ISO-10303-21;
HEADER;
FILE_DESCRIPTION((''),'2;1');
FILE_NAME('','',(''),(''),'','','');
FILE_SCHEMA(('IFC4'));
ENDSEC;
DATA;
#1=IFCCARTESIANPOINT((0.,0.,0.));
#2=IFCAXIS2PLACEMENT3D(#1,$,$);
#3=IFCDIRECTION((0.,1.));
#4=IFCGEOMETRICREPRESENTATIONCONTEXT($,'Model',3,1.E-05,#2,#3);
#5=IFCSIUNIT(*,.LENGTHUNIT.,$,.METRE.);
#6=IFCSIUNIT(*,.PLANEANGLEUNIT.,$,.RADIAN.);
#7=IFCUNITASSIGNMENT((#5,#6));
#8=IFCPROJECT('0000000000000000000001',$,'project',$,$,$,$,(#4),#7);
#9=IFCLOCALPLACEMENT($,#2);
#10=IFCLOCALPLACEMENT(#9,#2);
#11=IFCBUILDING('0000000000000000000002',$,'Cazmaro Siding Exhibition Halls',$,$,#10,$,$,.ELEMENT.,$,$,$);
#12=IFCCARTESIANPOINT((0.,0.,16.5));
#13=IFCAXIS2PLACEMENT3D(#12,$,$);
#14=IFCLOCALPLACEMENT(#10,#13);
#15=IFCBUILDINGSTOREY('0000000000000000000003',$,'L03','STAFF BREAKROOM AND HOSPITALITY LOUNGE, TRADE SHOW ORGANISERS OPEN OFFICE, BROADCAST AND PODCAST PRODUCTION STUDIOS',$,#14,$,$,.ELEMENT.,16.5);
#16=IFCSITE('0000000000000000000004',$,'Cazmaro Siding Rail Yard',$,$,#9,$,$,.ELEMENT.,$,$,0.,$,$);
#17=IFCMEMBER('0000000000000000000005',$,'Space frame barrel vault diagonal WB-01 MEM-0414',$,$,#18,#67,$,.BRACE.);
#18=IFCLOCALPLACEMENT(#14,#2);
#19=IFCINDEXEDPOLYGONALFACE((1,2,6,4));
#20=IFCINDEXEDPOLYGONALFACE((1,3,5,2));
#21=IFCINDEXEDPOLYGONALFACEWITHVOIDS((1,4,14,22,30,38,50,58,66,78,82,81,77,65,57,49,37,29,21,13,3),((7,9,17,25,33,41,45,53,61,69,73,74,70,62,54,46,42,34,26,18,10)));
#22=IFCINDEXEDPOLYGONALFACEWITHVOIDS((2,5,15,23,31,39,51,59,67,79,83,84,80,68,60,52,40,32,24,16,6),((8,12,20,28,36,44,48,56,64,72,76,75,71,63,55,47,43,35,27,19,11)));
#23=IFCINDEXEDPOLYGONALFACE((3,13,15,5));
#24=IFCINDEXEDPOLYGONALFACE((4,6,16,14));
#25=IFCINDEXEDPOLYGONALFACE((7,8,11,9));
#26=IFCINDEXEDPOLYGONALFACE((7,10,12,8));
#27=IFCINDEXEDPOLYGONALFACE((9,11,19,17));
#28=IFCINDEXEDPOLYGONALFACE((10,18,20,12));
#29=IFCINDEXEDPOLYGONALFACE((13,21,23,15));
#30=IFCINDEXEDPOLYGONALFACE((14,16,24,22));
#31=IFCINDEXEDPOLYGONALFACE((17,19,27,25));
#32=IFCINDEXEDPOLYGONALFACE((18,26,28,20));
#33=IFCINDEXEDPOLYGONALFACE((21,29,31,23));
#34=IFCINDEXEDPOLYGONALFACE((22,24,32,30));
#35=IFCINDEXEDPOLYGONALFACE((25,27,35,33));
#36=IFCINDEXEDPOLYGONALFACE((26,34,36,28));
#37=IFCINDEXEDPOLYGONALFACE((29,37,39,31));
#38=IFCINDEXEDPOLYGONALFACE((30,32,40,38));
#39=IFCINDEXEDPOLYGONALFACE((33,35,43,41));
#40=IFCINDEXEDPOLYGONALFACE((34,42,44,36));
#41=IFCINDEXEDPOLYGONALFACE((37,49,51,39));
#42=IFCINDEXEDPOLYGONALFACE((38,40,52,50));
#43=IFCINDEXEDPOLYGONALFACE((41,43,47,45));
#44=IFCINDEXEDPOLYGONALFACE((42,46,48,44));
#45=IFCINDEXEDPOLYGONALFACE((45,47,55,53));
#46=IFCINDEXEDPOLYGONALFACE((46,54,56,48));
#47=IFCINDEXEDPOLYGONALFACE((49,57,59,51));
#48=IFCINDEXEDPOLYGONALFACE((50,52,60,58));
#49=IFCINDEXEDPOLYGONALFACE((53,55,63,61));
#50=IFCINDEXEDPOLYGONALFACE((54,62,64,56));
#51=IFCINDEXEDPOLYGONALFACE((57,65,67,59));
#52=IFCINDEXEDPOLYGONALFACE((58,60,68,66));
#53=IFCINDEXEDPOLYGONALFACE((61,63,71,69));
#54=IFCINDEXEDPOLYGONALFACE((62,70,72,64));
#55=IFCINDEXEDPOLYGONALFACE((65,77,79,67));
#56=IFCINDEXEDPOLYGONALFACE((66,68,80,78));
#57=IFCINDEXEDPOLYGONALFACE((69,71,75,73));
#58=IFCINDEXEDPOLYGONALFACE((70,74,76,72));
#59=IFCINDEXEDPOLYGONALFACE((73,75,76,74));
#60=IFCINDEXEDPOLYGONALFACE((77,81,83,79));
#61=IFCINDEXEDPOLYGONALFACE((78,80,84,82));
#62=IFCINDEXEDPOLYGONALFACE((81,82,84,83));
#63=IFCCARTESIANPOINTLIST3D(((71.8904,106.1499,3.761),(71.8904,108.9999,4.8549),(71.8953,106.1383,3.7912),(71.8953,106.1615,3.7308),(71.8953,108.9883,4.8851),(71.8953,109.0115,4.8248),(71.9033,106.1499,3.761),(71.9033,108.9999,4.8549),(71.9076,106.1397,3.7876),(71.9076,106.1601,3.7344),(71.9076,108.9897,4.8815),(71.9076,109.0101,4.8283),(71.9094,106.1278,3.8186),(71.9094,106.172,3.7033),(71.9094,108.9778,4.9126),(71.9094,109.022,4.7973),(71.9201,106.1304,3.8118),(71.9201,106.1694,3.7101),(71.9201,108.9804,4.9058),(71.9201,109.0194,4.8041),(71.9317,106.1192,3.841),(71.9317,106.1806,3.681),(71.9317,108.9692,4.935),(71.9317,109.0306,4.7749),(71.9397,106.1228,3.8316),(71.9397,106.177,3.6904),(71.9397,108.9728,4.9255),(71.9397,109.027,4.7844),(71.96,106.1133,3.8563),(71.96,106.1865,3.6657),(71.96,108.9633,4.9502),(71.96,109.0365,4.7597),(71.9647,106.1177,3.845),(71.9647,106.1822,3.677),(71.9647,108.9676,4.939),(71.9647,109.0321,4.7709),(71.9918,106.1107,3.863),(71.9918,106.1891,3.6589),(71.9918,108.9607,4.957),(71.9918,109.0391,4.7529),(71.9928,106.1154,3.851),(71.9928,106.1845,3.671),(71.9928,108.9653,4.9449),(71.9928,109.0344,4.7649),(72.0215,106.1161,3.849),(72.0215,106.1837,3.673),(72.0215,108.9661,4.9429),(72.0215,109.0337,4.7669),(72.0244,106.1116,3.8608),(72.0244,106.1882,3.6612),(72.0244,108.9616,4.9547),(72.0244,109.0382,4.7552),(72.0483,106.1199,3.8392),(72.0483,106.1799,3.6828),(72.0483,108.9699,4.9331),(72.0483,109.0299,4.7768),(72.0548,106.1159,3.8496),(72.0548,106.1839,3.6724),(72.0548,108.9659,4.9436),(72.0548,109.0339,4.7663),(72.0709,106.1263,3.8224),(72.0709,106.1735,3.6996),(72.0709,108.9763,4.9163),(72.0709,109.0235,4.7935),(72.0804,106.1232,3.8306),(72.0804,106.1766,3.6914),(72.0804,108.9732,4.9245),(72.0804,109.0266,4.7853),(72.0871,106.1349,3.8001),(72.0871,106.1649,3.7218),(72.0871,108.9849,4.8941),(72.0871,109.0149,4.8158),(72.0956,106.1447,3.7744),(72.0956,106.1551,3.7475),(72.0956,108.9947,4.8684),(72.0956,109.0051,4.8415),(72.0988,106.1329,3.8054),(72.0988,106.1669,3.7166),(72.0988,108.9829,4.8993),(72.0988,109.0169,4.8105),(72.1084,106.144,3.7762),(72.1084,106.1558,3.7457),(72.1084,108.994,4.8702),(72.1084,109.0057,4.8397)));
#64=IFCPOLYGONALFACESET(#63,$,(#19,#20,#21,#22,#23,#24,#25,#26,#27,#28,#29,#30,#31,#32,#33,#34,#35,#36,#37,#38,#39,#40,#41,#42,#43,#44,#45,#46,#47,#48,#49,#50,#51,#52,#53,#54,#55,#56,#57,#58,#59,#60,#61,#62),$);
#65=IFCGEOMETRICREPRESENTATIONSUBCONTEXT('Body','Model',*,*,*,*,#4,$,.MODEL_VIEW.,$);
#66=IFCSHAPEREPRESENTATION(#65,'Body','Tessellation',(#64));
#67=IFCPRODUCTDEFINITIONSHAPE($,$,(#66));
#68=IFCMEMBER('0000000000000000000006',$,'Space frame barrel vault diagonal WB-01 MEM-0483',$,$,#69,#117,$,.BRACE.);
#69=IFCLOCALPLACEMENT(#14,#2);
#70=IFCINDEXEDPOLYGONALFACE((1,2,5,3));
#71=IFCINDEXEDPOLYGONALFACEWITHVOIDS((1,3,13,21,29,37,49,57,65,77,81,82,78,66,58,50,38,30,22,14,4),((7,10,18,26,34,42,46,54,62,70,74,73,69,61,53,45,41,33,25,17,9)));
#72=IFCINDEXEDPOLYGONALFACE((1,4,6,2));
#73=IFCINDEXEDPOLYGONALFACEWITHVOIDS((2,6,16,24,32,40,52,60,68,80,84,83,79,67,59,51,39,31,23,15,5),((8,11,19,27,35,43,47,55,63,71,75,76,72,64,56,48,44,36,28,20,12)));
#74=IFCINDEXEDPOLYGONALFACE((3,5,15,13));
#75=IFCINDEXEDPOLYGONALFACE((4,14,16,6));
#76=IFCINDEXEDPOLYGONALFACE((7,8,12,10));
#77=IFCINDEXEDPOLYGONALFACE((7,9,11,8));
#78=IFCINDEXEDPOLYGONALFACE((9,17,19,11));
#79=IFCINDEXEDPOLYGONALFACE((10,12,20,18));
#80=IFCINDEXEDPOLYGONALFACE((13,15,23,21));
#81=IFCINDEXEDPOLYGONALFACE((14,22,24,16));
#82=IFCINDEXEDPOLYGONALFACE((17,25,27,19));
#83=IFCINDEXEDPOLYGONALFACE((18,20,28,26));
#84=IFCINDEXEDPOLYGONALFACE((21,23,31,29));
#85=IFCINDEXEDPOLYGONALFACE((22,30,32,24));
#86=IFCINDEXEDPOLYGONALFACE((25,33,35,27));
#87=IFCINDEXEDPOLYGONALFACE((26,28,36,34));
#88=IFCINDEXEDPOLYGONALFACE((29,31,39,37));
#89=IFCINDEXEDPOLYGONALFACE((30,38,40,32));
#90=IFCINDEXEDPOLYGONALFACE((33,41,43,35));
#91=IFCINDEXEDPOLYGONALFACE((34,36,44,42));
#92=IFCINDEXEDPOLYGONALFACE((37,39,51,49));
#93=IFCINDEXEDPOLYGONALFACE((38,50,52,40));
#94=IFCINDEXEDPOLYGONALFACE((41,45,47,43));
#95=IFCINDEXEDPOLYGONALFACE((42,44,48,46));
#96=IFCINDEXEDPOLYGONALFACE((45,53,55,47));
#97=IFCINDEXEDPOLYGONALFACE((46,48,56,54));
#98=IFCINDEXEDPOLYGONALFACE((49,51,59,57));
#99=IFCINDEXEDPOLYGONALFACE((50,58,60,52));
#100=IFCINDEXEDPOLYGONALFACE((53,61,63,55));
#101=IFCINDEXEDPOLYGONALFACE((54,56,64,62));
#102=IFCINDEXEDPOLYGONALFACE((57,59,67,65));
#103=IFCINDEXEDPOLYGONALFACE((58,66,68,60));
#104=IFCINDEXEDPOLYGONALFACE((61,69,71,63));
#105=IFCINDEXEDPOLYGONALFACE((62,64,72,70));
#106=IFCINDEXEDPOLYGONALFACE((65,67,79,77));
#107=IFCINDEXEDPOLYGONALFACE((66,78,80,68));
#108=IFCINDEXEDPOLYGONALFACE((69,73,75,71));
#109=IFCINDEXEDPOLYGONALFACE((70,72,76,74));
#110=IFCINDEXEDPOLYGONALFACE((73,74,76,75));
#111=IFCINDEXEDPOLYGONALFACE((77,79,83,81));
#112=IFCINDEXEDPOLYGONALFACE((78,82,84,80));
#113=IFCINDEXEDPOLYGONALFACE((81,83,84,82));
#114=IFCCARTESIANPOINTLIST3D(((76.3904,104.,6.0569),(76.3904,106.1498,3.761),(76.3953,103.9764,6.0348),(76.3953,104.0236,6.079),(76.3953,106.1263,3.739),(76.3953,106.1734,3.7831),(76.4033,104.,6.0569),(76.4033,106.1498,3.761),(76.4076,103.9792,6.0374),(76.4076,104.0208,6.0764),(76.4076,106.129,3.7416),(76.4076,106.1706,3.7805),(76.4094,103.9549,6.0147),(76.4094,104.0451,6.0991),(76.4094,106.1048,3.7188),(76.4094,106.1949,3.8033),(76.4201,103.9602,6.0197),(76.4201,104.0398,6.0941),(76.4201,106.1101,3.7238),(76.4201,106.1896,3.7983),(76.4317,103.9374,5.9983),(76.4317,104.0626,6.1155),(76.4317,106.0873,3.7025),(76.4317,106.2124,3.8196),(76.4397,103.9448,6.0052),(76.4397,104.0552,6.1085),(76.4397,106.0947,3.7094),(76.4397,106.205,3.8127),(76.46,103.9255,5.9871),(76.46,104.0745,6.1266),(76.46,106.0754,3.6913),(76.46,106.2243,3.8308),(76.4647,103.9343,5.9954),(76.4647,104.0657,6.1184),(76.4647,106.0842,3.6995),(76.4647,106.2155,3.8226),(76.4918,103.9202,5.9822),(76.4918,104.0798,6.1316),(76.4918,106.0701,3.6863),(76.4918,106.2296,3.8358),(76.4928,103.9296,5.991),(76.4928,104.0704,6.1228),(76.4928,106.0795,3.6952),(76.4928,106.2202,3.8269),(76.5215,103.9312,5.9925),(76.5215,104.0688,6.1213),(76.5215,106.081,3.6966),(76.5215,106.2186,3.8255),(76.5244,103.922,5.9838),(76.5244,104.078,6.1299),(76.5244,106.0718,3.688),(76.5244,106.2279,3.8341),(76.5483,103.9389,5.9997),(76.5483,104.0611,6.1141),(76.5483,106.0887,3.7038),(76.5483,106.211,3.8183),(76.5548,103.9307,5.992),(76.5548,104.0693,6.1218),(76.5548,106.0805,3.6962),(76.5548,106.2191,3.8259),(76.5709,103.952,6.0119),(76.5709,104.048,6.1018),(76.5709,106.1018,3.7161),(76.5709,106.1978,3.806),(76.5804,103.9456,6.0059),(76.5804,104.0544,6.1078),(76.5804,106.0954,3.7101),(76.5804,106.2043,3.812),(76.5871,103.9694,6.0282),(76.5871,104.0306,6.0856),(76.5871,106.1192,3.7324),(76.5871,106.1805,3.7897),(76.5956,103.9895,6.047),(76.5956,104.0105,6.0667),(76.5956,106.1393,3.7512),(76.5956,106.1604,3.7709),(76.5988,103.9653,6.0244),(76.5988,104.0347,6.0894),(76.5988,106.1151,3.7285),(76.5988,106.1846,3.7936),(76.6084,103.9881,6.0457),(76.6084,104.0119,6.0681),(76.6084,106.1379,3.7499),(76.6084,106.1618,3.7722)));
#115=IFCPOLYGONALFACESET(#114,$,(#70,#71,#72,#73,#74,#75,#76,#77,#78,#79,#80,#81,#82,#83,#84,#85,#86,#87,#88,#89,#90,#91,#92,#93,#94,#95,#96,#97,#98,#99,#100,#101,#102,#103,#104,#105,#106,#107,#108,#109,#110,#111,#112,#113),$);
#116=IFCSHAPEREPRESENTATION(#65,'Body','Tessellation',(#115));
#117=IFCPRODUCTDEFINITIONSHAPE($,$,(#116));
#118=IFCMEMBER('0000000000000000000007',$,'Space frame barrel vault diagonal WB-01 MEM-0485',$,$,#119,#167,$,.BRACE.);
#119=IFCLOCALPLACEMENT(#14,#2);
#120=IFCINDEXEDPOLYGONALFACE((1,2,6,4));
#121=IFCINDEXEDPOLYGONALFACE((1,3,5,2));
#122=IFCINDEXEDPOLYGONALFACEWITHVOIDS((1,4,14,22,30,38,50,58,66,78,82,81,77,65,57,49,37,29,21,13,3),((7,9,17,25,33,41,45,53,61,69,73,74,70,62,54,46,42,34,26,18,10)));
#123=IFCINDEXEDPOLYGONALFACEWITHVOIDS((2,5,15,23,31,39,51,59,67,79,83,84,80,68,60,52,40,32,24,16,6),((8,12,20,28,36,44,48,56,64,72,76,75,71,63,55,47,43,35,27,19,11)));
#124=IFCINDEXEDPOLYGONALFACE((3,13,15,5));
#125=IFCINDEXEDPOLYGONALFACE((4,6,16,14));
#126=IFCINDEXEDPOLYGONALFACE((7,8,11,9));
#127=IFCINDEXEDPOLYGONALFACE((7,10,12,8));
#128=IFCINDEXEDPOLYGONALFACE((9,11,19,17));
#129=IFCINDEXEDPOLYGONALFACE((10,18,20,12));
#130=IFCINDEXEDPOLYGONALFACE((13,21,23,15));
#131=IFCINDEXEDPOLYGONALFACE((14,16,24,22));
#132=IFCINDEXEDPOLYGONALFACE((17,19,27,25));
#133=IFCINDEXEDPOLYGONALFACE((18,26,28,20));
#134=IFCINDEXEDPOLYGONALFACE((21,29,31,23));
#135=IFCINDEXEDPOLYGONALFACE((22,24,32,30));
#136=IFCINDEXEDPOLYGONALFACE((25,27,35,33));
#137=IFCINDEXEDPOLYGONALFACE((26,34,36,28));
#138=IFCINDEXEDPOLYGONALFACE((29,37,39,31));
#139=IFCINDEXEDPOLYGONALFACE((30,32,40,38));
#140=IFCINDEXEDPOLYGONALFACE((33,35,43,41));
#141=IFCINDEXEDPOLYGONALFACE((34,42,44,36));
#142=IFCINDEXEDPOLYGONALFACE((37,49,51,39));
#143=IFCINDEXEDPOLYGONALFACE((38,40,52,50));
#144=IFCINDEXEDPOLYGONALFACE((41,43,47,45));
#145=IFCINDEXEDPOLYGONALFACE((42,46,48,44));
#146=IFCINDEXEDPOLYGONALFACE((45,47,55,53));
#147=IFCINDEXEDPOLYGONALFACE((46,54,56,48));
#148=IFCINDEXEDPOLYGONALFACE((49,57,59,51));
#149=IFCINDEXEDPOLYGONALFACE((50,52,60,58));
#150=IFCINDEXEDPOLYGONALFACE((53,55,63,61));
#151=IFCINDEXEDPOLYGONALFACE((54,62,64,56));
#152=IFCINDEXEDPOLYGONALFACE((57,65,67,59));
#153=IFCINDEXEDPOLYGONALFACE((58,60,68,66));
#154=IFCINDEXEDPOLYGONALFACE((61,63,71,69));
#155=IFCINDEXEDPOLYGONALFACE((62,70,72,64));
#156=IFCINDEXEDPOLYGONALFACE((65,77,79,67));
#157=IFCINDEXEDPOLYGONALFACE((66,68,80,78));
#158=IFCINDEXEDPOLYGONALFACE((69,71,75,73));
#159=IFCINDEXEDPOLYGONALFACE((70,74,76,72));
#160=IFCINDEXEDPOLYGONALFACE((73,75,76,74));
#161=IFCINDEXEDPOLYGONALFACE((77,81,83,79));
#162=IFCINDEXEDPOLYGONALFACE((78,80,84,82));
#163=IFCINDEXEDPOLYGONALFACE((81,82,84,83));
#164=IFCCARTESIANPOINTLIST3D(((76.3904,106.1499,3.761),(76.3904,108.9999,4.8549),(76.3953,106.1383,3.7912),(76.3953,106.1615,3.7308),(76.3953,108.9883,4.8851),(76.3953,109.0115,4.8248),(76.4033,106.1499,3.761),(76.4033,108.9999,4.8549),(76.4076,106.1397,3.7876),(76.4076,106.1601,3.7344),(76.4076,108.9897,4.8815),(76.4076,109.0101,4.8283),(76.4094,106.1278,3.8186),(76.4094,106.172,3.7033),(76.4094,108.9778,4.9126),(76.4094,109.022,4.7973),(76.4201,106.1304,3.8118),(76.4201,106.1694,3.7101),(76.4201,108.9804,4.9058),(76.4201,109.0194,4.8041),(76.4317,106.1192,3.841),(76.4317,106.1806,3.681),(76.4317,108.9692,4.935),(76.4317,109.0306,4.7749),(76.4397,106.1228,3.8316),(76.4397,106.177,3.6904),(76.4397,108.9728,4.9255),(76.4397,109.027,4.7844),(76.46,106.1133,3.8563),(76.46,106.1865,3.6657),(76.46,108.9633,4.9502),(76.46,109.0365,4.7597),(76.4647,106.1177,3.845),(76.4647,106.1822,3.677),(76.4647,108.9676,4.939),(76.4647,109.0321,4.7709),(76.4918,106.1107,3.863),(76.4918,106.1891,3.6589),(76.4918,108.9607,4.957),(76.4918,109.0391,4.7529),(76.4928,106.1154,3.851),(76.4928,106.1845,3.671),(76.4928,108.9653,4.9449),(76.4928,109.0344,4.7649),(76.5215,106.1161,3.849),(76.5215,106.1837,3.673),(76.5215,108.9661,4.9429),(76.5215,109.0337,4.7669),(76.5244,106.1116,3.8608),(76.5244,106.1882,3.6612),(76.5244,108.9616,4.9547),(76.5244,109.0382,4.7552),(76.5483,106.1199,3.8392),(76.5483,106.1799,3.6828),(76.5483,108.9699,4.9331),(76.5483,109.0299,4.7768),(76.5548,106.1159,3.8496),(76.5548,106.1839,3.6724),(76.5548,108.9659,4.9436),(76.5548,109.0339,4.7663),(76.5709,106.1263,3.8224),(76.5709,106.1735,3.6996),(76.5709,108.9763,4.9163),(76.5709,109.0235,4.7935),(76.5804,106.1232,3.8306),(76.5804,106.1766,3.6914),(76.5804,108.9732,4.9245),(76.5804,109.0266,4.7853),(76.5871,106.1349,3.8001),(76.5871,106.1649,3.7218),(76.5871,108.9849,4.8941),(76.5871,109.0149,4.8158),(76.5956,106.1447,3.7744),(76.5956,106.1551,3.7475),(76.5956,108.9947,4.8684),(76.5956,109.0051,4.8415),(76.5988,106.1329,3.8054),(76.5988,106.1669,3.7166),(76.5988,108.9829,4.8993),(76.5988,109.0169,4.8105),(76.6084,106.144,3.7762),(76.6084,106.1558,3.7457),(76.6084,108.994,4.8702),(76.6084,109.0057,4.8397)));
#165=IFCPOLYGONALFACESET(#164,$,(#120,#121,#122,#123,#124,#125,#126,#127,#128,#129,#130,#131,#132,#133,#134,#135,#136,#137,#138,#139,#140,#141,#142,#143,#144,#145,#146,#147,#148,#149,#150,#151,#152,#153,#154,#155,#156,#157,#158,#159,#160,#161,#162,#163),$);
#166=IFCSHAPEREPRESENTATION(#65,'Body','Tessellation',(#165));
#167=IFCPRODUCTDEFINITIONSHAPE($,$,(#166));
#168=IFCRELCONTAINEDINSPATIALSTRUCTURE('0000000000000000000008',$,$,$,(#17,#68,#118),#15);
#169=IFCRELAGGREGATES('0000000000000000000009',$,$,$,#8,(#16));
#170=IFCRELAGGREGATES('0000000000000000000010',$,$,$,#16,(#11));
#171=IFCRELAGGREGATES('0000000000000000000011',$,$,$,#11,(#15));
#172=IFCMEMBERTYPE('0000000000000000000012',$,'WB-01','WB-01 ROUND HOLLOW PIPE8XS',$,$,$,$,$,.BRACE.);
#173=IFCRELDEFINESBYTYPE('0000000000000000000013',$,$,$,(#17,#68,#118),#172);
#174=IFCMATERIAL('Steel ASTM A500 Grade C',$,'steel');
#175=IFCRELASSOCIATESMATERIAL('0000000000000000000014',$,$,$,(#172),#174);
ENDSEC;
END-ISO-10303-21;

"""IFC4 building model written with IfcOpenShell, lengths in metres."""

from ifc_helpers import new_model, si_unit, direction, frame, origin, origin_2d, place, context, subcontext, project, spatial, hollow_circle, extrude, material, material_profile, profile_set, type_object, element, save


model = new_model("IFC4")

# Units and contexts
model_context = context("Model", 3, precision=1e-05, world=origin(), true_north=direction((0.0, 1.0)))
body_context = subcontext(model_context, "Body", "Model", "MODEL_VIEW")
ifc_project = project(units=[si_unit("LENGTHUNIT", "METRE"), si_unit("PLANEANGLEUNIT", "RADIAN")], contexts=[model_context])

# Site, building, storey
site_placement = place(None, origin())
site = spatial("IfcSite", under=ifc_project, at=site_placement, Name="Cazmaro Siding Rail Yard", CompositionType="ELEMENT", RefElevation=0.0)
building_placement = place(site_placement, origin())
building = spatial("IfcBuilding", under=site, at=building_placement, Name="Cazmaro Siding Exhibition Halls", CompositionType="ELEMENT")
storey_placement = place(building_placement, frame((0.0, 0.0, 16.5)))
storey = spatial("IfcBuildingStorey", under=building, at=storey_placement, Name="L03", Description="STAFF BREAKROOM AND HOSPITALITY LOUNGE, TRADE SHOW ORGANISERS OPEN OFFICE, BROADCAST AND PODCAST PRODUCTION STUDIOS", CompositionType="ELEMENT", Elevation=16.5)

# Members
ifc_material_1 = material(Name="Steel ASTM A500 Grade C", Category="steel")
ifc_material_profile_1 = material_profile(ifc_material_1, hollow_circle(Radius=0.1096, WallThickness=0.0129, at=origin_2d()), Name="PIPE8XS")
ifc_profile_set_1 = profile_set([ifc_material_profile_1], Name="Steel ASTM A500 Grade C")
member_type_1 = type_object("IfcMemberType", Name="WB-01", Description="WB-01 ROUND HOLLOW PIPE8XS", PredefinedType="BRACE", material=ifc_profile_set_1)
member_1_placement = place(storey_placement, frame((72.0, 106.1499, 3.761), z_axis=(0.0, 0.933587, 0.358352), x_axis=(-1.0, 0.0, 0.0)))
element("IfcMember", 1, at=member_1_placement, inside=storey, type_object=member_type_1, Name="Space frame barrel vault diagonal WB-01 MEM-0414", PredefinedType="BRACE", context=body_context, shape_type="SweptSolid", body=[
    extrude(hollow_circle(Radius=0.1096, WallThickness=0.0129, at=origin_2d()), origin(), (0.0, 0.0, 1.0), 3.0527),
])
member_2_placement = place(storey_placement, frame((76.5, 104.0, 6.0569), z_axis=(0.0, 0.683518, -0.729934), x_axis=(-1.0, 0.0, 0.0)))
element("IfcMember", 2, at=member_2_placement, inside=storey, type_object=member_type_1, Name="Space frame barrel vault diagonal WB-01 MEM-0483", PredefinedType="BRACE", context=body_context, shape_type="SweptSolid", body=[
    extrude(hollow_circle(Radius=0.1096, WallThickness=0.0129, at=origin_2d()), origin(), (0.0, 0.0, 1.0), 3.1453),
])
member_3_placement = place(storey_placement, frame((76.5, 106.1499, 3.761), z_axis=(0.0, 0.933587, 0.358352), x_axis=(-1.0, 0.0, 0.0)))
element("IfcMember", 3, at=member_3_placement, inside=storey, type_object=member_type_1, Name="Space frame barrel vault diagonal WB-01 MEM-0485", PredefinedType="BRACE", context=body_context, shape_type="SweptSolid", body=[
    extrude(hollow_circle(Radius=0.1096, WallThickness=0.0129, at=origin_2d()), origin(), (0.0, 0.0, 1.0), 3.0527),
])

save(model, "model.ifc")
